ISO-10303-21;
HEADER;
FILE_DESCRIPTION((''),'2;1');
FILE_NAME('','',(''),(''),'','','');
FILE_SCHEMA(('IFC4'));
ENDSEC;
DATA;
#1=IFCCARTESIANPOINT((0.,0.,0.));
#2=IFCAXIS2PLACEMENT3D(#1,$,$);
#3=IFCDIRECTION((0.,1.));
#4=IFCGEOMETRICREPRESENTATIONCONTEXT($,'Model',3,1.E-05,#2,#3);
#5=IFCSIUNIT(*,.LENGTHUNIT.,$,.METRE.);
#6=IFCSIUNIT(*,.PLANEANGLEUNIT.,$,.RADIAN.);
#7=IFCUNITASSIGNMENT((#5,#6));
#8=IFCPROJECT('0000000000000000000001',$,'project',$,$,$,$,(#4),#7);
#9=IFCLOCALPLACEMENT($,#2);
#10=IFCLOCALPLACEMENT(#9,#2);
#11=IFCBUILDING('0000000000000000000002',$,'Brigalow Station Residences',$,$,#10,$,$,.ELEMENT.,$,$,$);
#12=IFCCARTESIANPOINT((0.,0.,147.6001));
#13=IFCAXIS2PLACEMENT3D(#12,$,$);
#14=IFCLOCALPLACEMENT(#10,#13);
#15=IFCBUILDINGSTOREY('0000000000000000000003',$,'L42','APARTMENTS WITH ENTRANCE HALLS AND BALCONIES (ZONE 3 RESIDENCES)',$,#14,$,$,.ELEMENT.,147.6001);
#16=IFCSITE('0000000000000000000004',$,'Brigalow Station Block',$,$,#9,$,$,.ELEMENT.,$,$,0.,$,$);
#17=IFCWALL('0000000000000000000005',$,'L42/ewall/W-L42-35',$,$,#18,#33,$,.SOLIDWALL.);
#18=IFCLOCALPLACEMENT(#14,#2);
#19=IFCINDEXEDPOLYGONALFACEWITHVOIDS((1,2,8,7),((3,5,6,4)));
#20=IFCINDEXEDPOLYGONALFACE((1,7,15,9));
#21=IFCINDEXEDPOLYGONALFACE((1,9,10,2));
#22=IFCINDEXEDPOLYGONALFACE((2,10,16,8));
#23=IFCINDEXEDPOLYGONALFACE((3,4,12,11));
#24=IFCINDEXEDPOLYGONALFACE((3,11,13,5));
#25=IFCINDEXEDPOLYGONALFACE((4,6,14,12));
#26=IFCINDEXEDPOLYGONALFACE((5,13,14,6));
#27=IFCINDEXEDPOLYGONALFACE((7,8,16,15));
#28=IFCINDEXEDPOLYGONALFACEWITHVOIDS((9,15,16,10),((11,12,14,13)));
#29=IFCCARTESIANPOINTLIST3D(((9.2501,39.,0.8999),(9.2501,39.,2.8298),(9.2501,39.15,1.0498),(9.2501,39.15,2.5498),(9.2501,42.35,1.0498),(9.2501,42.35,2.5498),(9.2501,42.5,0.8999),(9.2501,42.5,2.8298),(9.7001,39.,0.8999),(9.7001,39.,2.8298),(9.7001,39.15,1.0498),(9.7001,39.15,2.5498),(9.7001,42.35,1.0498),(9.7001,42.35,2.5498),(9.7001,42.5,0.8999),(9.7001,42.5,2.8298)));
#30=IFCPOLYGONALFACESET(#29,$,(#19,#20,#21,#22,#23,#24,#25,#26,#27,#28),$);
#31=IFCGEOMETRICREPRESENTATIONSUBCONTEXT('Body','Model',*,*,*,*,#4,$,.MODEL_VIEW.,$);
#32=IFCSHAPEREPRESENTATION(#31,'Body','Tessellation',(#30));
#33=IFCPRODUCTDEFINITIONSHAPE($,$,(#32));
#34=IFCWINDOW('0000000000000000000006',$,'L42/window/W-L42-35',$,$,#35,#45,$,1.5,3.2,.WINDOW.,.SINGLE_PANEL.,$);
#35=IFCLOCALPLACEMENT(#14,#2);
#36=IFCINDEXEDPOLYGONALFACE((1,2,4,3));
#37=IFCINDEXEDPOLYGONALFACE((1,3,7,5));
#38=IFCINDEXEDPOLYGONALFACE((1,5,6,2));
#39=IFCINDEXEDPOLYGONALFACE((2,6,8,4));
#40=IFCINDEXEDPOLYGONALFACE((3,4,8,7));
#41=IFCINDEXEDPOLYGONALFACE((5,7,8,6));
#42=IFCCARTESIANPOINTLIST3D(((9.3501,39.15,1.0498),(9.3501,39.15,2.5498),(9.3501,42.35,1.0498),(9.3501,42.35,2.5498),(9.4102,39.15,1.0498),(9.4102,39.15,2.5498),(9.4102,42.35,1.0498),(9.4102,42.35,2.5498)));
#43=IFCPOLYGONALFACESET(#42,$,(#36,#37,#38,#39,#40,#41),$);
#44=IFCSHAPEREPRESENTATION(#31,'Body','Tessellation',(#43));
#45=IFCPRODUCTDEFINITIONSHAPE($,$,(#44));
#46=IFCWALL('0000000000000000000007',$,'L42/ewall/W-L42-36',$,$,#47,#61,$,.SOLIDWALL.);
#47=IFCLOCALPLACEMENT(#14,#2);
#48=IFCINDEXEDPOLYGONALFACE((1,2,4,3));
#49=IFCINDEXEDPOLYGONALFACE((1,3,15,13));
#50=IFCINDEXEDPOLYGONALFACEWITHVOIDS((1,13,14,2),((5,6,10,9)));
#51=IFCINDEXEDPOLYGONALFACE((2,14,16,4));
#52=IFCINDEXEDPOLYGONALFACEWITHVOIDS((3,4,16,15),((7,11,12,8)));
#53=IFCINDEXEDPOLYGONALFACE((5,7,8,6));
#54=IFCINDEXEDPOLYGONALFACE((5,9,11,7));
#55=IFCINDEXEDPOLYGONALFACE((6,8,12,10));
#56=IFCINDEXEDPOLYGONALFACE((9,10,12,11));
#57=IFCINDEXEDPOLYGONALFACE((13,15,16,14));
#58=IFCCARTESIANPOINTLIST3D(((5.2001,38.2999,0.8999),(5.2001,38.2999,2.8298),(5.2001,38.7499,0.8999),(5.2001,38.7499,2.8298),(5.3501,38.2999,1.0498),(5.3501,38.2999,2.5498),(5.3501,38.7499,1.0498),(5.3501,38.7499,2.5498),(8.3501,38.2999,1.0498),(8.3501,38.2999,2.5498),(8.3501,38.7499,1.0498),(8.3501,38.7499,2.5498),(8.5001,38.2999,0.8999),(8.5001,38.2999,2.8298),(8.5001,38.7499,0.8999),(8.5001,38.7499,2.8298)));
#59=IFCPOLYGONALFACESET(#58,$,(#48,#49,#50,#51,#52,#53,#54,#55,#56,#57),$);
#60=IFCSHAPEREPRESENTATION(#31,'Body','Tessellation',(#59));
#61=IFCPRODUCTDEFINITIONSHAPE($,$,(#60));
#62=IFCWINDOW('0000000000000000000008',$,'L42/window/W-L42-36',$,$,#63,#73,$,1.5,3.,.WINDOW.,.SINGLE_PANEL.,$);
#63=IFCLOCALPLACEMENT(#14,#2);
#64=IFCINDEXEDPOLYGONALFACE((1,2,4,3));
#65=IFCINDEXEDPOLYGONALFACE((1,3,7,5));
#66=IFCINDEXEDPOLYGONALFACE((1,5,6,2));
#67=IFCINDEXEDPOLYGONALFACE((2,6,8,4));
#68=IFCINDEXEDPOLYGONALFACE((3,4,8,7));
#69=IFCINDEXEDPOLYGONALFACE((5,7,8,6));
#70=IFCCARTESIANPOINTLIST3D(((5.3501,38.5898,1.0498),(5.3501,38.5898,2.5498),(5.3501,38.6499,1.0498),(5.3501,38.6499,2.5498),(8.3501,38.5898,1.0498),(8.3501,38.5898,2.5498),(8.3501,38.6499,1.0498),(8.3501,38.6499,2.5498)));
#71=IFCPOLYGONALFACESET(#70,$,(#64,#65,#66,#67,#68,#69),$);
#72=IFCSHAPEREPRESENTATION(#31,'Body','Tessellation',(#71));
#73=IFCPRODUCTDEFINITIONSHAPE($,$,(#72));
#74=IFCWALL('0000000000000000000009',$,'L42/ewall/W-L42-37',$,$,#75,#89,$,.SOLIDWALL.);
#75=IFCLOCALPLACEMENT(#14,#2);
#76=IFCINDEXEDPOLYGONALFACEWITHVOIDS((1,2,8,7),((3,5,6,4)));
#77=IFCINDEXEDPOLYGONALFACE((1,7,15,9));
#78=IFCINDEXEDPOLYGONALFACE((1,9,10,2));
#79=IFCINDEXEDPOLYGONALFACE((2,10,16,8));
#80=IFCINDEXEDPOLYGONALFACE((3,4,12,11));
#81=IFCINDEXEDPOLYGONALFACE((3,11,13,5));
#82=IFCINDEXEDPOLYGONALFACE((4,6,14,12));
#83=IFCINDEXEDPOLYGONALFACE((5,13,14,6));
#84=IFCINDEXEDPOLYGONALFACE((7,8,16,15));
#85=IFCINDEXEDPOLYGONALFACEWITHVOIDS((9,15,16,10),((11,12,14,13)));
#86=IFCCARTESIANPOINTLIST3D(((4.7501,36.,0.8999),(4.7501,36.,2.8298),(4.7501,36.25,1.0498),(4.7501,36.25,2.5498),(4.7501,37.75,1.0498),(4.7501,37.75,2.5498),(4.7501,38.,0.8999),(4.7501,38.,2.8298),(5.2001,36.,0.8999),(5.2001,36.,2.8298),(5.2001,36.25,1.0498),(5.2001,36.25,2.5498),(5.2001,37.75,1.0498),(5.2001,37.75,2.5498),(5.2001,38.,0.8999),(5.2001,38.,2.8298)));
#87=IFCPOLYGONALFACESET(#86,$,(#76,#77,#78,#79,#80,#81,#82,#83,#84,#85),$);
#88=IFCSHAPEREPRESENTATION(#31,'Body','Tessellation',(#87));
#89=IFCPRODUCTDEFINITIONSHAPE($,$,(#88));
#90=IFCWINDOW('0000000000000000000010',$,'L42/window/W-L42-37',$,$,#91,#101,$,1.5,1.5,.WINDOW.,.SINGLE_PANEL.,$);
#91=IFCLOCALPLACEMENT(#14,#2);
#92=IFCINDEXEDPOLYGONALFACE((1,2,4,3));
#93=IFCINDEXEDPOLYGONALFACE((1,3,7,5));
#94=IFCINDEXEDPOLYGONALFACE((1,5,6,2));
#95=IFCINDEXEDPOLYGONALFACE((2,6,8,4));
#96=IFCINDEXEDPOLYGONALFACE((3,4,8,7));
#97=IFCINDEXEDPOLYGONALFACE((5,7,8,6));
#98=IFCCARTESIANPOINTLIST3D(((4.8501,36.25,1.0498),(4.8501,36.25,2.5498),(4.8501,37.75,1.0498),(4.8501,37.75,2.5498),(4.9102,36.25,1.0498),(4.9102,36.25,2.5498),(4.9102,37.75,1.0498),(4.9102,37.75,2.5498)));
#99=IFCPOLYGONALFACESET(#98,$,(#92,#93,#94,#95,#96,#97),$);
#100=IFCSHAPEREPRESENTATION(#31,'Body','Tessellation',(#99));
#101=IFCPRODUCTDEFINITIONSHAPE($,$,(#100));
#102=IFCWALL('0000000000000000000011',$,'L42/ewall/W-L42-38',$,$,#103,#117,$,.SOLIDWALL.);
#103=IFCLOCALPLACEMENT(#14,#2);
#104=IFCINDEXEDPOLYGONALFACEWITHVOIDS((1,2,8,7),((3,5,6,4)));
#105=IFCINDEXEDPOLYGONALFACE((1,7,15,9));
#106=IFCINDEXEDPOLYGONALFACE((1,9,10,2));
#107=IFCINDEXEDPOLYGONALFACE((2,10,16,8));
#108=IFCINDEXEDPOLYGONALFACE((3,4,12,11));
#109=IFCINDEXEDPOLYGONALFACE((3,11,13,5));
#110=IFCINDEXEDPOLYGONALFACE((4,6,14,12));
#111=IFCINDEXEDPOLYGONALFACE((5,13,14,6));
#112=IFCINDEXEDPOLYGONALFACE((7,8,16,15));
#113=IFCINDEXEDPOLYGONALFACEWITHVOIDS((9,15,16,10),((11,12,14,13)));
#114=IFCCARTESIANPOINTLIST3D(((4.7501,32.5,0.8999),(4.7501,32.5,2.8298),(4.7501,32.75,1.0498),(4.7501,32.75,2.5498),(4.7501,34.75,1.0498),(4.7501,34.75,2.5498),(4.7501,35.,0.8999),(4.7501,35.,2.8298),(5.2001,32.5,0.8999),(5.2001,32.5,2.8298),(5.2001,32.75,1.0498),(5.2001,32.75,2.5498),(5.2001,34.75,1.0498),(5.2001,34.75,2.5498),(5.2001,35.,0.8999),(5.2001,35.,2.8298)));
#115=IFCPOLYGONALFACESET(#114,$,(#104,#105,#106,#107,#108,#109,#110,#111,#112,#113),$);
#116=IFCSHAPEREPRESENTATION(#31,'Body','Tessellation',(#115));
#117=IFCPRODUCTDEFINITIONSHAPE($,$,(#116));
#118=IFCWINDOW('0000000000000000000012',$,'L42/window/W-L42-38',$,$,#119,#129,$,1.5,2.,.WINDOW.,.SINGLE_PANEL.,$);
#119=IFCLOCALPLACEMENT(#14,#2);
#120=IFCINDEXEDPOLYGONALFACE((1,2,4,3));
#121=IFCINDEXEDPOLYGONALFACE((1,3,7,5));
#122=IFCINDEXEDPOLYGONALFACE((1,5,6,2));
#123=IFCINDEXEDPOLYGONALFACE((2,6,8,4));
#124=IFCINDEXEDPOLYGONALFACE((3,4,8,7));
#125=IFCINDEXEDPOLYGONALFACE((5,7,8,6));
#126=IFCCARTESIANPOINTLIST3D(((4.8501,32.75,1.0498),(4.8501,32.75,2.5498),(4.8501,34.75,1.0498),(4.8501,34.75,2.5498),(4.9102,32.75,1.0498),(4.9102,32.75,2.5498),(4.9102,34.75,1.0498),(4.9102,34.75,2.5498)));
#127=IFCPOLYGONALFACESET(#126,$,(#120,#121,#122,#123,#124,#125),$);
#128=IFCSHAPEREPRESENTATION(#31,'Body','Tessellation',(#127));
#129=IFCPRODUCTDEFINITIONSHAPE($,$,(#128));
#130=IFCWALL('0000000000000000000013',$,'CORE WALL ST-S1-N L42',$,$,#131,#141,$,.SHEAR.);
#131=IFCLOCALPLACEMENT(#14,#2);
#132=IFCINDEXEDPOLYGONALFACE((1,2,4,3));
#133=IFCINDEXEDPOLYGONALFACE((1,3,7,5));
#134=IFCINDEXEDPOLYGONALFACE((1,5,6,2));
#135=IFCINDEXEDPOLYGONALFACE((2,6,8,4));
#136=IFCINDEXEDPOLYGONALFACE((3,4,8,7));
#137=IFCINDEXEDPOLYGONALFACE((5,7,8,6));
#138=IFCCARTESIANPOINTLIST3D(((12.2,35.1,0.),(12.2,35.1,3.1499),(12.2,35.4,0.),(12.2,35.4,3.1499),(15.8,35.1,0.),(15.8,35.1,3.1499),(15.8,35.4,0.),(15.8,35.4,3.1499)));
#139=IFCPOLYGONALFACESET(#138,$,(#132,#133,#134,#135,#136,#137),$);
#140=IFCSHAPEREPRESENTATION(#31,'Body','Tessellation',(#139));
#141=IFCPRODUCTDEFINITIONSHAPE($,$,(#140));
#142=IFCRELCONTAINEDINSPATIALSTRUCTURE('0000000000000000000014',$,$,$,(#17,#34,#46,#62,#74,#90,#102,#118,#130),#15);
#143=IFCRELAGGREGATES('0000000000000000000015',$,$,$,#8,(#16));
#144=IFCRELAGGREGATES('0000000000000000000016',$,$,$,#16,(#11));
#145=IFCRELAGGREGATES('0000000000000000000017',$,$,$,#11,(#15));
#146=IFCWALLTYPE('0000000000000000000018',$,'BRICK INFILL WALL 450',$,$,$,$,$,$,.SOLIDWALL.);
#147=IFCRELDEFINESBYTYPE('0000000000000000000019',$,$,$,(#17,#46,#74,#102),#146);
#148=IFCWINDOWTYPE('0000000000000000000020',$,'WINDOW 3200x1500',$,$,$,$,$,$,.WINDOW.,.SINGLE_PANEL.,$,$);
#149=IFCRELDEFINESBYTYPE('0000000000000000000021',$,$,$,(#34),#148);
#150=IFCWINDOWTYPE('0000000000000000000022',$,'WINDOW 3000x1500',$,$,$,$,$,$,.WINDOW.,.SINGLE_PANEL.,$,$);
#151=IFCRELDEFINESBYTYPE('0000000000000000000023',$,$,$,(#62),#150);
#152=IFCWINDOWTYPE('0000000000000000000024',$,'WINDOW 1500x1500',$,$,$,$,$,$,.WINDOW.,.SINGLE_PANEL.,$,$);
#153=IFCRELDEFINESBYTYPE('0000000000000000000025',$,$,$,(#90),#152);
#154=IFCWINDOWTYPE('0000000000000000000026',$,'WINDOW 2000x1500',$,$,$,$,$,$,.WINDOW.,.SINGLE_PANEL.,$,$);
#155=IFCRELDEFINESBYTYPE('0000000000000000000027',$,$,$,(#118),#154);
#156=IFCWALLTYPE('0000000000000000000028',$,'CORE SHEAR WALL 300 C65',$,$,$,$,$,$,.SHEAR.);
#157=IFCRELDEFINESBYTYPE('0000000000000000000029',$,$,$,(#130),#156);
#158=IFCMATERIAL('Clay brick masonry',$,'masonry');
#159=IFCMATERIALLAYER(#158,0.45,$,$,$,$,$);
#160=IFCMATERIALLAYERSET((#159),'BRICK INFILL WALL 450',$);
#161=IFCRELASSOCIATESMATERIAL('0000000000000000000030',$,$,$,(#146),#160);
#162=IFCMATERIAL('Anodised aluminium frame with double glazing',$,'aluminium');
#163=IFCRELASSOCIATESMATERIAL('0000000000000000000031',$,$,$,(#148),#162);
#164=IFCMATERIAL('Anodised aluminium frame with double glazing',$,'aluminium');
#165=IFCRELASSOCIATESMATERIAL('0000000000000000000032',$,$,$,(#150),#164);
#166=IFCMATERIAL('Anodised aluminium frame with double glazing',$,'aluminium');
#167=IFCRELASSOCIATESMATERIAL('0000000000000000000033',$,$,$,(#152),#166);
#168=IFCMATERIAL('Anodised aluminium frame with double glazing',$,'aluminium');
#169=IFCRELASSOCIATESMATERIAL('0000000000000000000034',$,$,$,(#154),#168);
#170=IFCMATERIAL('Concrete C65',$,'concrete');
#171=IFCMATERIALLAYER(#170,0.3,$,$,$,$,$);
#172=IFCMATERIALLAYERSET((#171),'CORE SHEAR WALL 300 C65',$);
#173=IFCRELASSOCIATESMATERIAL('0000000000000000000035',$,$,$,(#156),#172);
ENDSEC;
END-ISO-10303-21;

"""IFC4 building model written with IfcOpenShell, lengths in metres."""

from ifc_helpers import new_model, si_unit, direction, frame, frame_2d, origin, place, context, subcontext, project, spatial, rectangle, extrude, material, layer, layer_set, type_object, element, fill, save


model = new_model("IFC4")

# Units and contexts
model_context = context("Model", 3, precision=1e-05, world=origin(), true_north=direction((0.0, 1.0)))
body_context = subcontext(model_context, "Body", "Model", "MODEL_VIEW")
ifc_project = project(units=[si_unit("LENGTHUNIT", "METRE"), si_unit("PLANEANGLEUNIT", "RADIAN")], contexts=[model_context])

# Site, building, storey
site_placement = place(None, origin())
site = spatial("IfcSite", under=ifc_project, at=site_placement, Name="Brigalow Station Block", CompositionType="ELEMENT", RefElevation=0.0)
building_placement = place(site_placement, origin())
building = spatial("IfcBuilding", under=site, at=building_placement, Name="Brigalow Station Residences", CompositionType="ELEMENT")
storey_placement = place(building_placement, frame((0.0, 0.0, 147.6001)))
storey = spatial("IfcBuildingStorey", under=building, at=storey_placement, Name="L42", Description="APARTMENTS WITH ENTRANCE HALLS AND BALCONIES (ZONE 3 RESIDENCES)", CompositionType="ELEMENT", Elevation=147.6001)

# Shared definitions
ifc_material_1 = material(Name="Clay brick masonry", Category="masonry")
ifc_layer_1 = layer(ifc_material_1, 0.45)
ifc_layer_set_1 = layer_set([ifc_layer_1], Name="BRICK INFILL WALL 450")
wall_type_1 = type_object("IfcWallType", Name="BRICK INFILL WALL 450", PredefinedType="SOLIDWALL", material=ifc_layer_set_1)

# Walls, openings, windows
wall_1_placement = place(storey_placement, frame((9.4751, 42.5, 0.8999), z_axis=(0.0, 0.0, 1.0), x_axis=(0.0, -1.0, 0.0)))
wall_1 = element("IfcWall", 1, at=wall_1_placement, inside=storey, type_object=wall_type_1, Name="L42/ewall/W-L42-35", PredefinedType="SOLIDWALL", context=body_context, shape_type="SweptSolid", body=[
    extrude(rectangle(XDim=3.5, YDim=0.45, at=frame_2d((1.75, 0.0))), origin(), (0.0, 0.0, 1.0), 1.9299),
])
opening_1_placement = place(wall_1_placement, frame((0.1499, 0.0, 0.1499)))
opening_1 = element("IfcOpeningElement", 2, at=opening_1_placement, cuts=wall_1, PredefinedType="OPENING", context=body_context, shape_type="SweptSolid", body=[
    extrude(rectangle(XDim=3.2, YDim=1.5, at=frame_2d((1.6001, 0.75))), frame((0.0, 0.2349, 0.0), z_axis=(0.0, -1.0, 0.0), x_axis=(1.0, 0.0, 0.0)), (0.0, 0.0, 1.0), 0.47),
])
ifc_material_2 = material(Name="Anodised aluminium frame with double glazing", Category="aluminium")
window_type_1 = type_object("IfcWindowType", Name="WINDOW 3200x1500", PartitioningType="SINGLE_PANEL", PredefinedType="WINDOW", material=ifc_material_2)
window_1_placement = place(opening_1_placement, origin())
window_1 = element("IfcWindow", 3, at=window_1_placement, inside=storey, type_object=window_type_1, Name="L42/window/W-L42-35", OverallHeight=1.5, OverallWidth=3.2, PartitioningType="SINGLE_PANEL", PredefinedType="WINDOW", context=body_context, shape_type="SweptSolid", body=[
    extrude(rectangle(XDim=3.2, YDim=1.5, at=frame_2d((1.6001, 0.75))), frame((0.0, -0.0649, 0.0), z_axis=(0.0, -1.0, 0.0), x_axis=(1.0, 0.0, 0.0)), (0.0, 0.0, 1.0), 0.0601),
])
fill(opening_1, window_1)
wall_2_placement = place(storey_placement, frame((8.5, 38.5249, 0.8999), z_axis=(0.0, 0.0, 1.0), x_axis=(-1.0, 0.0, 0.0)))
wall_2 = element("IfcWall", 4, at=wall_2_placement, inside=storey, type_object=wall_type_1, Name="L42/ewall/W-L42-36", PredefinedType="SOLIDWALL", context=body_context, shape_type="SweptSolid", body=[
    extrude(rectangle(XDim=3.3, YDim=0.45, at=frame_2d((1.6499, 0.0))), origin(), (0.0, 0.0, 1.0), 1.9299),
])
opening_2_placement = place(wall_2_placement, frame((0.1499, 0.0, 0.1499)))
opening_2 = element("IfcOpeningElement", 5, at=opening_2_placement, cuts=wall_2, PredefinedType="OPENING", context=body_context, shape_type="SweptSolid", body=[
    extrude(rectangle(XDim=3.0, YDim=1.5, at=frame_2d((1.5, 0.75))), frame((0.0, 0.2349, 0.0), z_axis=(0.0, -1.0, 0.0), x_axis=(1.0, 0.0, 0.0)), (0.0, 0.0, 1.0), 0.47),
])
ifc_material_3 = material(Name="Anodised aluminium frame with double glazing", Category="aluminium")
window_type_2 = type_object("IfcWindowType", Name="WINDOW 3000x1500", PartitioningType="SINGLE_PANEL", PredefinedType="WINDOW", material=ifc_material_3)
window_2_placement = place(opening_2_placement, origin())
window_2 = element("IfcWindow", 6, at=window_2_placement, inside=storey, type_object=window_type_2, Name="L42/window/W-L42-36", OverallHeight=1.5, OverallWidth=3.0, PartitioningType="SINGLE_PANEL", PredefinedType="WINDOW", context=body_context, shape_type="SweptSolid", body=[
    extrude(rectangle(XDim=3.0, YDim=1.5, at=frame_2d((1.5, 0.75))), frame((0.0, -0.0649, 0.0), z_axis=(0.0, -1.0, 0.0), x_axis=(1.0, 0.0, 0.0)), (0.0, 0.0, 1.0), 0.0601),
])
fill(opening_2, window_2)
wall_3_placement = place(storey_placement, frame((4.9751, 38.0, 0.8999), z_axis=(0.0, 0.0, 1.0), x_axis=(0.0, -1.0, 0.0)))
wall_3 = element("IfcWall", 7, at=wall_3_placement, inside=storey, type_object=wall_type_1, Name="L42/ewall/W-L42-37", PredefinedType="SOLIDWALL", context=body_context, shape_type="SweptSolid", body=[
    extrude(rectangle(XDim=2.0, YDim=0.45, at=frame_2d((1.0, 0.0))), origin(), (0.0, 0.0, 1.0), 1.9299),
])
opening_3_placement = place(wall_3_placement, frame((0.25, 0.0, 0.1499)))
opening_3 = element("IfcOpeningElement", 8, at=opening_3_placement, cuts=wall_3, PredefinedType="OPENING", context=body_context, shape_type="SweptSolid", body=[
    extrude(rectangle(XDim=1.5, YDim=1.5, at=frame_2d((0.75, 0.75))), frame((0.0, 0.2349, 0.0), z_axis=(0.0, -1.0, 0.0), x_axis=(1.0, 0.0, 0.0)), (0.0, 0.0, 1.0), 0.47),
])
ifc_material_4 = material(Name="Anodised aluminium frame with double glazing", Category="aluminium")
window_type_3 = type_object("IfcWindowType", Name="WINDOW 1500x1500", PartitioningType="SINGLE_PANEL", PredefinedType="WINDOW", material=ifc_material_4)
window_3_placement = place(opening_3_placement, origin())
window_3 = element("IfcWindow", 9, at=window_3_placement, inside=storey, type_object=window_type_3, Name="L42/window/W-L42-37", OverallHeight=1.5, OverallWidth=1.5, PartitioningType="SINGLE_PANEL", PredefinedType="WINDOW", context=body_context, shape_type="SweptSolid", body=[
    extrude(rectangle(XDim=1.5, YDim=1.5, at=frame_2d((0.75, 0.75))), frame((0.0, -0.0649, 0.0), z_axis=(0.0, -1.0, 0.0), x_axis=(1.0, 0.0, 0.0)), (0.0, 0.0, 1.0), 0.0601),
])
fill(opening_3, window_3)
wall_4_placement = place(storey_placement, frame((4.9751, 35.0, 0.8999), z_axis=(0.0, 0.0, 1.0), x_axis=(0.0, -1.0, 0.0)))
wall_4 = element("IfcWall", 10, at=wall_4_placement, inside=storey, type_object=wall_type_1, Name="L42/ewall/W-L42-38", PredefinedType="SOLIDWALL", context=body_context, shape_type="SweptSolid", body=[
    extrude(rectangle(XDim=2.5, YDim=0.45, at=frame_2d((1.25, 0.0))), origin(), (0.0, 0.0, 1.0), 1.9299),
])
opening_4_placement = place(wall_4_placement, frame((0.25, 0.0, 0.1499)))
opening_4 = element("IfcOpeningElement", 11, at=opening_4_placement, cuts=wall_4, PredefinedType="OPENING", context=body_context, shape_type="SweptSolid", body=[
    extrude(rectangle(XDim=2.0, YDim=1.5, at=frame_2d((1.0, 0.75))), frame((0.0, 0.2349, 0.0), z_axis=(0.0, -1.0, 0.0), x_axis=(1.0, 0.0, 0.0)), (0.0, 0.0, 1.0), 0.47),
])
ifc_material_5 = material(Name="Anodised aluminium frame with double glazing", Category="aluminium")
window_type_4 = type_object("IfcWindowType", Name="WINDOW 2000x1500", PartitioningType="SINGLE_PANEL", PredefinedType="WINDOW", material=ifc_material_5)
window_4_placement = place(opening_4_placement, origin())
window_4 = element("IfcWindow", 12, at=window_4_placement, inside=storey, type_object=window_type_4, Name="L42/window/W-L42-38", OverallHeight=1.5, OverallWidth=2.0, PartitioningType="SINGLE_PANEL", PredefinedType="WINDOW", context=body_context, shape_type="SweptSolid", body=[
    extrude(rectangle(XDim=2.0, YDim=1.5, at=frame_2d((1.0, 0.75))), frame((0.0, -0.0649, 0.0), z_axis=(0.0, -1.0, 0.0), x_axis=(1.0, 0.0, 0.0)), (0.0, 0.0, 1.0), 0.0601),
])
fill(opening_4, window_4)

# Wall
ifc_material_6 = material(Name="Concrete C65", Category="concrete")
ifc_layer_2 = layer(ifc_material_6, 0.3)
ifc_layer_set_2 = layer_set([ifc_layer_2], Name="CORE SHEAR WALL 300 C65")
wall_type_2 = type_object("IfcWallType", Name="CORE SHEAR WALL 300 C65", PredefinedType="SHEAR", material=ifc_layer_set_2)
wall_5_placement = place(storey_placement, frame((12.2, 35.25, 0.0), z_axis=(0.0, 0.0, 1.0), x_axis=(1.0, 0.0, 0.0)))
element("IfcWall", 13, at=wall_5_placement, inside=storey, type_object=wall_type_2, Name="CORE WALL ST-S1-N L42", PredefinedType="SHEAR", context=body_context, shape_type="SweptSolid", body=[
    extrude(rectangle(XDim=3.6001, YDim=0.3, at=frame_2d((1.8, 0.0))), origin(), (0.0, 0.0, 1.0), 3.1499),
])

save(model, "model.ifc")
